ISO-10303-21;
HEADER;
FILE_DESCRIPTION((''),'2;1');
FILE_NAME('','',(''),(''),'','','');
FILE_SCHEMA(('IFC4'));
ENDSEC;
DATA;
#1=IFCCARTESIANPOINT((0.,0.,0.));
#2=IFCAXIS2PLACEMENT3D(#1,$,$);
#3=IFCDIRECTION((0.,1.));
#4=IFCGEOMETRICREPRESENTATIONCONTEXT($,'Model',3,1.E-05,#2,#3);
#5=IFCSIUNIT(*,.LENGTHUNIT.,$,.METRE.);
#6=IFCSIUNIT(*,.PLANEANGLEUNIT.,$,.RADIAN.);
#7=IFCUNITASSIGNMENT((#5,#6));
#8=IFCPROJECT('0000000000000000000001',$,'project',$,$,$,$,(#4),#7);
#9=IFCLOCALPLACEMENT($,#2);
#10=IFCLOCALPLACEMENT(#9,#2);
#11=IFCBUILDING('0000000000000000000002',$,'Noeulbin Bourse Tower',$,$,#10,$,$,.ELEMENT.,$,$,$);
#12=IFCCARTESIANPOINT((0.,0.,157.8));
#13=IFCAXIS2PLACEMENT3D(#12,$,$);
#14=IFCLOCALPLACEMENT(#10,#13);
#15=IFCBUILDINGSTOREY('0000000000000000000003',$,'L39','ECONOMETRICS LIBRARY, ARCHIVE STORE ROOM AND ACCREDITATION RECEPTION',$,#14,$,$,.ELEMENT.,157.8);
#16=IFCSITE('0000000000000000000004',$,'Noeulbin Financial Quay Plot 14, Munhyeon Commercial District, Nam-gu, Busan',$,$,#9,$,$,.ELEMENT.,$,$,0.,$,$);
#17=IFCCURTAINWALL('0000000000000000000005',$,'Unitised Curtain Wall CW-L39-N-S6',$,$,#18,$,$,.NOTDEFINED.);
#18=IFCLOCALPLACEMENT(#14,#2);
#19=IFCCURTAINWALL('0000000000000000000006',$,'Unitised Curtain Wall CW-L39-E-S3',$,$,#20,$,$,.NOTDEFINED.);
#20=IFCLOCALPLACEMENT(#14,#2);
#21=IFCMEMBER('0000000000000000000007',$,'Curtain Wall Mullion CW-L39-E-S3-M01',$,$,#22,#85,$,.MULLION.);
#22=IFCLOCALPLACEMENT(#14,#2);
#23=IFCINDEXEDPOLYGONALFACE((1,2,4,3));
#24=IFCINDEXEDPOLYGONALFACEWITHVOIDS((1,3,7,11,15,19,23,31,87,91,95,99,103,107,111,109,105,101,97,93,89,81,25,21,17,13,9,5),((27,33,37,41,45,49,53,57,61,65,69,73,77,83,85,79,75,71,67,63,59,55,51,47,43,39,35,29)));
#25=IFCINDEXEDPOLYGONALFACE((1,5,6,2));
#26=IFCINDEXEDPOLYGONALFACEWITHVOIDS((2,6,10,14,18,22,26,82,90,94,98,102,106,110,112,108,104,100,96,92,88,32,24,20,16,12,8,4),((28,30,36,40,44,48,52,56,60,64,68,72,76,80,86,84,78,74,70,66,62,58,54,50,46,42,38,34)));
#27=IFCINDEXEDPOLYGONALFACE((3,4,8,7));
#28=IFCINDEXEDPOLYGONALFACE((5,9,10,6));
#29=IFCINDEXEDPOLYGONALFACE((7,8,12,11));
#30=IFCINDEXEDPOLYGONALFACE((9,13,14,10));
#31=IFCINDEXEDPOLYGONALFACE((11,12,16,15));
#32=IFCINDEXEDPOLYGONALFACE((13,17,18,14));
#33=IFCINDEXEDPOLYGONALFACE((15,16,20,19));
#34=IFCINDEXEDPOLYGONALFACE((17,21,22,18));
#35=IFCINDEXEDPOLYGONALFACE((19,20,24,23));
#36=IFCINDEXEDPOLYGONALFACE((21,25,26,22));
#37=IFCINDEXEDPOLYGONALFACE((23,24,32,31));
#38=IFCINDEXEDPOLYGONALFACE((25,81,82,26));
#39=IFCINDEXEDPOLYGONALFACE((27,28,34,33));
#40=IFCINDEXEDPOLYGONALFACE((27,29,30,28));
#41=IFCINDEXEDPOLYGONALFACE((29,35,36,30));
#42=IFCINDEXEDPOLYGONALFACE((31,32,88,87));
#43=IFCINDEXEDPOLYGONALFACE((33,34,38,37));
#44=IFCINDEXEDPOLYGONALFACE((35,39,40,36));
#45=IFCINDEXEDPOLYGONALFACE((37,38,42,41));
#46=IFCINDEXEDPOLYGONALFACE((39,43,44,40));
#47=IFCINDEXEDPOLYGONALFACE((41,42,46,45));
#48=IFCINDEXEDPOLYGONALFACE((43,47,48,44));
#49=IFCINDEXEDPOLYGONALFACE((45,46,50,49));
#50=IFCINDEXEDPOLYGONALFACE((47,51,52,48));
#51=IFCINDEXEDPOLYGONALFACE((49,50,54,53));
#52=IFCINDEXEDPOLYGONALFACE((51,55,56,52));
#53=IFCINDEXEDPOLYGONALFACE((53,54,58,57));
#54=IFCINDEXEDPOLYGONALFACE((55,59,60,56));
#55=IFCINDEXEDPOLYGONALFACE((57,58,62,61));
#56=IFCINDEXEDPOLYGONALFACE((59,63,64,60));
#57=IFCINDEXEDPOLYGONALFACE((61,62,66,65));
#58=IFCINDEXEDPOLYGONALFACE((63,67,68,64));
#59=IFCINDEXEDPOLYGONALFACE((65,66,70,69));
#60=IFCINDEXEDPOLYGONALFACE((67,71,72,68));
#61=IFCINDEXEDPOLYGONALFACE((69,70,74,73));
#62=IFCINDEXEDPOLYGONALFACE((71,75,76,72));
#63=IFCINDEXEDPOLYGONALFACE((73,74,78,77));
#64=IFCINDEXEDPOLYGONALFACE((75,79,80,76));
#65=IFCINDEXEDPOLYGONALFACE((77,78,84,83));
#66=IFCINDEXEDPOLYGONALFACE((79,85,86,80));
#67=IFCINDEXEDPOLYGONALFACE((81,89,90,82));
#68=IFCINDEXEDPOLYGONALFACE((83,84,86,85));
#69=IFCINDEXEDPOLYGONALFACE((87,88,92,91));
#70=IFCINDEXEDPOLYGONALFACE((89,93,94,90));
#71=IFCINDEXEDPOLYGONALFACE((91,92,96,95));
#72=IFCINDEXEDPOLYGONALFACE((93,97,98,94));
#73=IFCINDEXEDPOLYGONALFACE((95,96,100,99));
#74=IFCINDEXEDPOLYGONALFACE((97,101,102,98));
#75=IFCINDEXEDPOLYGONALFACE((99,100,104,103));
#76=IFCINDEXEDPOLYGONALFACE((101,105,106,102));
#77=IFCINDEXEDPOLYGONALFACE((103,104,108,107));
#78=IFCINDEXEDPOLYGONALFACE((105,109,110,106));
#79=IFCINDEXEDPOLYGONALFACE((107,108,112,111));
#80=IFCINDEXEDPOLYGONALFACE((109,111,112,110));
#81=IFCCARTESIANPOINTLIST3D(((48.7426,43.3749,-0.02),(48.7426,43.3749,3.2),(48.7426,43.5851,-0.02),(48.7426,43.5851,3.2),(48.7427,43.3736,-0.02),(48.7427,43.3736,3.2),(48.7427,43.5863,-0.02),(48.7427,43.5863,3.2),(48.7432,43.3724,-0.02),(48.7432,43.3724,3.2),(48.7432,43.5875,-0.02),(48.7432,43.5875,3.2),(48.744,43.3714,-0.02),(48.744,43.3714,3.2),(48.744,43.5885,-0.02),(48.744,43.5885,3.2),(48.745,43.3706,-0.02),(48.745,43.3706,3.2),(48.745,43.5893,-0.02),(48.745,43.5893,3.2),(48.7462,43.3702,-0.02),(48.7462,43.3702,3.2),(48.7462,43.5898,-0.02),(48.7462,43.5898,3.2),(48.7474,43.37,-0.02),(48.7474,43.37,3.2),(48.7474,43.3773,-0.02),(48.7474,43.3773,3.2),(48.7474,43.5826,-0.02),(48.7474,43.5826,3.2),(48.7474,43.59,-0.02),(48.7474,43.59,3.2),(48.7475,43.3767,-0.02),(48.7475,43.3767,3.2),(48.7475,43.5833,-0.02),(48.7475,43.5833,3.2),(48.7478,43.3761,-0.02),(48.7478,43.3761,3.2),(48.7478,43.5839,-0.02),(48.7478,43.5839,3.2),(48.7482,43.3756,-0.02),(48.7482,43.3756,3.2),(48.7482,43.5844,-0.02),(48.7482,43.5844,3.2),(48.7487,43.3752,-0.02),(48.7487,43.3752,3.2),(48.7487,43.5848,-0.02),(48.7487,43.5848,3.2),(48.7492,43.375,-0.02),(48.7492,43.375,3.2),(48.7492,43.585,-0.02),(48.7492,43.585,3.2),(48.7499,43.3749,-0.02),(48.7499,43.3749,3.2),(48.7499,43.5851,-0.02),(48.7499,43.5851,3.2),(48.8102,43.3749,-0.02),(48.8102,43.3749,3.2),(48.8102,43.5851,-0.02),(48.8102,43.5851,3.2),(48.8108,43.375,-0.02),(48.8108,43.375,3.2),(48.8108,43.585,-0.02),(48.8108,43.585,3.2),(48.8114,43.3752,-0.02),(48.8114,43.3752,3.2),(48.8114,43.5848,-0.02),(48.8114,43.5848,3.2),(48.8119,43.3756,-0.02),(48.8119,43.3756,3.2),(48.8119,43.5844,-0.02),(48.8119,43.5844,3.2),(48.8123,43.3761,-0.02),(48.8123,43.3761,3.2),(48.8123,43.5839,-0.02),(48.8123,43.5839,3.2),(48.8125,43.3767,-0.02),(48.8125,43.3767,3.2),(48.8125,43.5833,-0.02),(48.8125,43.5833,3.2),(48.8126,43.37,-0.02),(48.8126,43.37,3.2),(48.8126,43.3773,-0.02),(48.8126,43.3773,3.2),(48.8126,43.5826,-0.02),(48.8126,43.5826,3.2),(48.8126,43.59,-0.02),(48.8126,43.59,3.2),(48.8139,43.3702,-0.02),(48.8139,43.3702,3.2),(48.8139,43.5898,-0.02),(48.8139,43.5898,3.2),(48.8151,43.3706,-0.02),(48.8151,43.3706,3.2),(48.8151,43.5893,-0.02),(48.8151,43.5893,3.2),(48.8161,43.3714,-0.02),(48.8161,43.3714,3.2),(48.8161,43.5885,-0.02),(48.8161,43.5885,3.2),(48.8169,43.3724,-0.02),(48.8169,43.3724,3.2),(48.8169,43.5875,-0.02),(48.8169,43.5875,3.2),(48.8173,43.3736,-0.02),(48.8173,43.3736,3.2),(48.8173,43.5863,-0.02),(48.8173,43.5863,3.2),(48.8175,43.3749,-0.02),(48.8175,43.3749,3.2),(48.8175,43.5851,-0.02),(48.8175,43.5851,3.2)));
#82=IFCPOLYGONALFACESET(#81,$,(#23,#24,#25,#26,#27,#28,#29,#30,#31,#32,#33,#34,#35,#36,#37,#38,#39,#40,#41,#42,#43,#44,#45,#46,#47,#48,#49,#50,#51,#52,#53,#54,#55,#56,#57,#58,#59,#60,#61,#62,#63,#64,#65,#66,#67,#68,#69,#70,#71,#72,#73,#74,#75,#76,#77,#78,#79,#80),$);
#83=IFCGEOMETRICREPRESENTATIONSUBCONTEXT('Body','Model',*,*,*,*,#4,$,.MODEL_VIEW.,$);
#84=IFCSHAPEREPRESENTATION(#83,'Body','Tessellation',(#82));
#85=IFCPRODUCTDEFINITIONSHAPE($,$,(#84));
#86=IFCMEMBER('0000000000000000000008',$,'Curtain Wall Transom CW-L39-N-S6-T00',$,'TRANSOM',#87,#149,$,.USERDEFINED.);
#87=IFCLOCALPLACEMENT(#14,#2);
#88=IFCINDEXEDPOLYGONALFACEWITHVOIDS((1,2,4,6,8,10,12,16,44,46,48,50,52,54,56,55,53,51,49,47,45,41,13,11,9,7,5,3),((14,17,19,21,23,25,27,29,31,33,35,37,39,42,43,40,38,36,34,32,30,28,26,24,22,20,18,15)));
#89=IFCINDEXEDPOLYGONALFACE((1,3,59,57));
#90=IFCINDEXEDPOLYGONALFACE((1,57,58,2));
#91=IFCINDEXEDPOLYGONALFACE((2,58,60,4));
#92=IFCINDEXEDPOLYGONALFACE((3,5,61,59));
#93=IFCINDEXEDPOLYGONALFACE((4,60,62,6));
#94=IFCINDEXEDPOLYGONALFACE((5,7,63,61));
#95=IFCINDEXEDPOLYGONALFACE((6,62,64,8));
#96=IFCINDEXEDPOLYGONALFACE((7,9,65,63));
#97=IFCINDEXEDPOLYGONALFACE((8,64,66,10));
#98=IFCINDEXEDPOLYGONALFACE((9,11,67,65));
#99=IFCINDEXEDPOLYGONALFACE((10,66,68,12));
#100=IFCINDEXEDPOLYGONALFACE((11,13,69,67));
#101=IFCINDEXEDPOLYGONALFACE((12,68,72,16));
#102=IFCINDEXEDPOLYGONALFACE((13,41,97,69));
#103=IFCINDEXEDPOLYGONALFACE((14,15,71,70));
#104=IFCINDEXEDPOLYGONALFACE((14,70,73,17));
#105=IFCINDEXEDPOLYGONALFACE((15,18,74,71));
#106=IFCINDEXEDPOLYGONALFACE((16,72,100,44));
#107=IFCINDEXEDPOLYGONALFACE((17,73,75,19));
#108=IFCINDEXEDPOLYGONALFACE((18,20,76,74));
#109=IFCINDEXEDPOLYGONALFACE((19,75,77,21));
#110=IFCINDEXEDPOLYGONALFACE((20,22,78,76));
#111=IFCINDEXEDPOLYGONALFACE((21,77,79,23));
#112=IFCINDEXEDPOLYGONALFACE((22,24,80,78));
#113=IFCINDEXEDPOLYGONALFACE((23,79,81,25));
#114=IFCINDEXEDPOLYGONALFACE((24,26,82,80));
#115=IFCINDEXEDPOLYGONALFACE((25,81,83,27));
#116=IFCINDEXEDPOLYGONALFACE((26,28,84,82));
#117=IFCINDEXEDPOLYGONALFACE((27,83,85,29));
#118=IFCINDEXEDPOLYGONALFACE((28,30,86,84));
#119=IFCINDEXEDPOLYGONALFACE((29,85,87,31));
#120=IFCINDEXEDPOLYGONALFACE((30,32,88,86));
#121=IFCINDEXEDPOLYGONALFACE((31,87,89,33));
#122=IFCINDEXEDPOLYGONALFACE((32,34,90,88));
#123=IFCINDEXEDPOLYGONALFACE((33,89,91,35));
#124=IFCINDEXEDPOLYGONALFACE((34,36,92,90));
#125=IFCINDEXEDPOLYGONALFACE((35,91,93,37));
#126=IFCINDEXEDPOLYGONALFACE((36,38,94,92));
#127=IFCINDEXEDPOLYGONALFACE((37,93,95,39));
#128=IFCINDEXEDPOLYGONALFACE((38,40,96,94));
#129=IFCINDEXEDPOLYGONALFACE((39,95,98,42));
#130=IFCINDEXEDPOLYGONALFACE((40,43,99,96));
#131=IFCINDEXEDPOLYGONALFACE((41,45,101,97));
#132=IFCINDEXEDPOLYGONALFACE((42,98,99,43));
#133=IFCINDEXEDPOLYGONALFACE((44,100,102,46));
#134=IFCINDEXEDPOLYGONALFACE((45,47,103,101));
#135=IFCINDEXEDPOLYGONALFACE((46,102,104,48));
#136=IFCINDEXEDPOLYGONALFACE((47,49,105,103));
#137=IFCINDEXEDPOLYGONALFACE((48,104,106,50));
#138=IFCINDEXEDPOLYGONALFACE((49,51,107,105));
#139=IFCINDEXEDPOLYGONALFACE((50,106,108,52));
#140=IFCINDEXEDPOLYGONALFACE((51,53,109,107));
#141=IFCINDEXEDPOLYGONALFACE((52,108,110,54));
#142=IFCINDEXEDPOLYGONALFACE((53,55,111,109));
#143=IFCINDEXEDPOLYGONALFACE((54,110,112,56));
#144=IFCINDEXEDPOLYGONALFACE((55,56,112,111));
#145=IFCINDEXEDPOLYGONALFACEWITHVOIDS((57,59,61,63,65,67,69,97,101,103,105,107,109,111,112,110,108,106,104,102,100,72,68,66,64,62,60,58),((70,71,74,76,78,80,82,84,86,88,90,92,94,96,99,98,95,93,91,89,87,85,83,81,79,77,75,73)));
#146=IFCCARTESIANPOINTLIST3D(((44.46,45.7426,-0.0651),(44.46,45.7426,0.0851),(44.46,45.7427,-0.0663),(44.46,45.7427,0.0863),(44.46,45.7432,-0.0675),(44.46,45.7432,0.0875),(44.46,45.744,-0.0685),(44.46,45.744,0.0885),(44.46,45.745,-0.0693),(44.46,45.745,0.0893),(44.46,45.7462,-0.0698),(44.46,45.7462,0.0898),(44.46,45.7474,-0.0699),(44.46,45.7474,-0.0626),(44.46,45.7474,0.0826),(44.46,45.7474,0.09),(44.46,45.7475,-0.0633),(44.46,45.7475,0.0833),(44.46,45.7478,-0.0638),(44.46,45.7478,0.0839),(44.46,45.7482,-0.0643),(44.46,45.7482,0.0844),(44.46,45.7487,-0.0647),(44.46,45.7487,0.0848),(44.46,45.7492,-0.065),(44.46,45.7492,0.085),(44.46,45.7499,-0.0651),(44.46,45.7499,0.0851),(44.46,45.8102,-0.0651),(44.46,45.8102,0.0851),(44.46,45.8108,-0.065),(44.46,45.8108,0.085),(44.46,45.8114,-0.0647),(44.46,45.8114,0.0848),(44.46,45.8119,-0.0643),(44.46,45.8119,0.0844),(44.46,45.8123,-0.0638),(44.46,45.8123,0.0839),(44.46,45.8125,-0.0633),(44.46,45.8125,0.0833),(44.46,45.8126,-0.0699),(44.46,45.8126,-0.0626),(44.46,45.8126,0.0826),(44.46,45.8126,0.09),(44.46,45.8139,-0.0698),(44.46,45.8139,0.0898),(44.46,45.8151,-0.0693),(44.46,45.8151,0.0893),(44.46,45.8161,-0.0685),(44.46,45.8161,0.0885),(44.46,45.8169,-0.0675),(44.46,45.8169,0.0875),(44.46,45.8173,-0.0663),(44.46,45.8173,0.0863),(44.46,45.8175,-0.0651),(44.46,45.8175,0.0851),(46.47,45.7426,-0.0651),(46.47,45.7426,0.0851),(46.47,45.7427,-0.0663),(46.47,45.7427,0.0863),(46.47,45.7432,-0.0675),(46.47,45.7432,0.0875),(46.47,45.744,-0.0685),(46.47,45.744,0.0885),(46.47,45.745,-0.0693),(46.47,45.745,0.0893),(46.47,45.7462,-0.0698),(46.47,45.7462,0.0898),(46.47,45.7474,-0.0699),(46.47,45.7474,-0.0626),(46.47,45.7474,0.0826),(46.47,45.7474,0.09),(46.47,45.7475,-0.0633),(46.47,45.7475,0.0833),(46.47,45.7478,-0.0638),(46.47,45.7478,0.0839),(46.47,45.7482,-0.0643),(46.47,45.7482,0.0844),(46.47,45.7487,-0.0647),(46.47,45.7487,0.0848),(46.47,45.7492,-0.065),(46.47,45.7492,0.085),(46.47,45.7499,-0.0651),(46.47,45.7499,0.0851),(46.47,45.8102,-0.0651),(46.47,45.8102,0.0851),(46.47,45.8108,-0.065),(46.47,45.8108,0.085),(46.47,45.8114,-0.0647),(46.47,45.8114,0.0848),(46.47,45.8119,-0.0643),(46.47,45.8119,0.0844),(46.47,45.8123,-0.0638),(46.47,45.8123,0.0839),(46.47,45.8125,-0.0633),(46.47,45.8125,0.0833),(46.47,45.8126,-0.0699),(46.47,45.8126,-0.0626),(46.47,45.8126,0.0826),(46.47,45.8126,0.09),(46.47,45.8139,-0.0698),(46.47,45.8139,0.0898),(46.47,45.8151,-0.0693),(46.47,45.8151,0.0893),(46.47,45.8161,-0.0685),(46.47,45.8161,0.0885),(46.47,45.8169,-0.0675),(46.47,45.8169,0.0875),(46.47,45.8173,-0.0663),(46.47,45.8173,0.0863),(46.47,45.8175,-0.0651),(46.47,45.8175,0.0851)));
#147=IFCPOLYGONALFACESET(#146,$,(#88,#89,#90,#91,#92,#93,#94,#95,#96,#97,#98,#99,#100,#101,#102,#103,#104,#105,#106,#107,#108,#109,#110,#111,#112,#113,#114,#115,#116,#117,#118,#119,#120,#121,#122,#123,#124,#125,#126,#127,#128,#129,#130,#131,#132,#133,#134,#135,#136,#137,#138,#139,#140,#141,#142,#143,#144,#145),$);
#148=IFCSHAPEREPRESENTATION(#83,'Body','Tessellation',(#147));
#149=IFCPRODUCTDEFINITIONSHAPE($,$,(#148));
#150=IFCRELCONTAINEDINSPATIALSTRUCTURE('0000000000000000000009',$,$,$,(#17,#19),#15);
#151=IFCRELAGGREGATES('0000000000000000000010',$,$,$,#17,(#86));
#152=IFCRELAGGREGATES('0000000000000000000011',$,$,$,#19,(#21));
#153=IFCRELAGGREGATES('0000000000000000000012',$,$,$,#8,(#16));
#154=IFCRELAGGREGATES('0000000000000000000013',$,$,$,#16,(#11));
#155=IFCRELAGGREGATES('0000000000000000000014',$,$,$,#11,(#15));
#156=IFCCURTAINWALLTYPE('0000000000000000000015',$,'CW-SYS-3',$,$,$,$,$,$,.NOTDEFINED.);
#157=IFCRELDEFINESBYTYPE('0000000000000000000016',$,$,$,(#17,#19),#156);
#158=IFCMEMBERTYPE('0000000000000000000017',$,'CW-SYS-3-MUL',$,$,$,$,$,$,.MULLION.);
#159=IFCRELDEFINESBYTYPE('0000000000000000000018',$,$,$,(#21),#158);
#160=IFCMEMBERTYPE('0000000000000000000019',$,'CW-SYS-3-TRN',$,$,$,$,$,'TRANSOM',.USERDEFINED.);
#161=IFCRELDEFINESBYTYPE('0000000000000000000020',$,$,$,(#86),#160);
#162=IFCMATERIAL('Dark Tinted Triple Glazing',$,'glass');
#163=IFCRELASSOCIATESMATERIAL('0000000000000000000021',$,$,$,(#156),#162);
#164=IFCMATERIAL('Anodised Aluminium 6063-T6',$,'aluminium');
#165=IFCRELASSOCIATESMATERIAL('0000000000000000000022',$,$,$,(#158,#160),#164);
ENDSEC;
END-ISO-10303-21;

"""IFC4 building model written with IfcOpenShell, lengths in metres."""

from ifc_helpers import new_model, si_unit, direction, frame, origin, origin_2d, place, context, subcontext, project, spatial, hollow_rectangle, extrude, material, material_profile, profile_set, type_object, element, aggregate, save


model = new_model("IFC4")

# Units and contexts
model_context = context("Model", 3, precision=1e-05, world=origin(), true_north=direction((0.0, 1.0)))
body_context = subcontext(model_context, "Body", "Model", "MODEL_VIEW")
ifc_project = project(units=[si_unit("LENGTHUNIT", "METRE"), si_unit("PLANEANGLEUNIT", "RADIAN")], contexts=[model_context])

# Site, building, storey
site_placement = place(None, origin())
site = spatial("IfcSite", under=ifc_project, at=site_placement, Name="Noeulbin Financial Quay Plot 14, Munhyeon Commercial District, Nam-gu, Busan", CompositionType="ELEMENT", RefElevation=0.0)
building_placement = place(site_placement, origin())
building = spatial("IfcBuilding", under=site, at=building_placement, Name="Noeulbin Bourse Tower", CompositionType="ELEMENT")
storey_placement = place(building_placement, frame((0.0, 0.0, 157.8)))
storey = spatial("IfcBuildingStorey", under=building, at=storey_placement, Name="L39", Description="ECONOMETRICS LIBRARY, ARCHIVE STORE ROOM AND ACCREDITATION RECEPTION", CompositionType="ELEMENT", Elevation=157.8)

# Shared definitions
ifc_material_1 = material(Name="Dark Tinted Triple Glazing", Category="glass")
curtain_wall_type = type_object("IfcCurtainWallType", Name="CW-SYS-3", PredefinedType="NOTDEFINED", material=ifc_material_1)
ifc_material_2 = material(Name="Anodised Aluminium 6063-T6", Category="aluminium")
ifc_material_profile_1 = material_profile(ifc_material_2, hollow_rectangle(XDim=0.075, YDim=0.22, WallThickness=0.0049, InnerFilletRadius=0.0024, OuterFilletRadius=0.0049, at=origin_2d()), Name="ALU-MULL-75x220x5", Category="LoadBearing")
ifc_profile_set_1 = profile_set([ifc_material_profile_1], Name="Anodised Aluminium 6063-T6")
member_type_1 = type_object("IfcMemberType", Name="CW-SYS-3-MUL", PredefinedType="MULLION", material=ifc_profile_set_1)

# Curtain walls, member
curtain_wall_1_placement = place(storey_placement, origin())
curtain_wall_1 = element("IfcCurtainWall", 1, at=curtain_wall_1_placement, inside=storey, type_object=curtain_wall_type, Name="Unitised Curtain Wall CW-L39-N-S6", PredefinedType="NOTDEFINED")
curtain_wall_2_placement = place(storey_placement, origin())
curtain_wall_2 = element("IfcCurtainWall", 2, at=curtain_wall_2_placement, inside=storey, type_object=curtain_wall_type, Name="Unitised Curtain Wall CW-L39-E-S3", PredefinedType="NOTDEFINED")
member_1_placement = place(storey_placement, frame((48.78, 43.48, -0.02), z_axis=(0.0, 0.0, 1.0), x_axis=(1.0, 0.0, 0.0)))
member_1 = element("IfcMember", 3, at=member_1_placement, type_object=member_type_1, Name="Curtain Wall Mullion CW-L39-E-S3-M01", PredefinedType="MULLION", context=body_context, shape_type="SweptSolid", body=[
    extrude(hollow_rectangle(XDim=0.075, YDim=0.22, WallThickness=0.0049, InnerFilletRadius=0.0024, OuterFilletRadius=0.0049, at=origin_2d()), origin(), (0.0, 0.0, 1.0), 3.22),
])

# Member
ifc_material_profile_2 = material_profile(ifc_material_2, hollow_rectangle(XDim=0.075, YDim=0.1599, WallThickness=0.0049, InnerFilletRadius=0.0024, OuterFilletRadius=0.0049, at=origin_2d()), Name="ALU-TRAN-75x160x5", Category="LoadBearing")
ifc_profile_set_2 = profile_set([ifc_material_profile_2], Name="Anodised Aluminium 6063-T6")
member_type_2 = type_object("IfcMemberType", Name="CW-SYS-3-TRN", ElementType="TRANSOM", PredefinedType="USERDEFINED", material=ifc_profile_set_2)
member_2_placement = place(storey_placement, frame((44.46, 45.78, 0.01), z_axis=(1.0, 0.0, 0.0), x_axis=(0.0, 1.0, 0.0)))
member_2 = element("IfcMember", 4, at=member_2_placement, type_object=member_type_2, Name="Curtain Wall Transom CW-L39-N-S6-T00", ObjectType="TRANSOM", PredefinedType="USERDEFINED", context=body_context, shape_type="SweptSolid", body=[
    extrude(hollow_rectangle(XDim=0.075, YDim=0.1599, WallThickness=0.0049, InnerFilletRadius=0.0024, OuterFilletRadius=0.0049, at=origin_2d()), origin(), (0.0, 0.0, 1.0), 2.01),
])

aggregate(curtain_wall_1, [member_2])
aggregate(curtain_wall_2, [member_1])

save(model, "model.ifc")
